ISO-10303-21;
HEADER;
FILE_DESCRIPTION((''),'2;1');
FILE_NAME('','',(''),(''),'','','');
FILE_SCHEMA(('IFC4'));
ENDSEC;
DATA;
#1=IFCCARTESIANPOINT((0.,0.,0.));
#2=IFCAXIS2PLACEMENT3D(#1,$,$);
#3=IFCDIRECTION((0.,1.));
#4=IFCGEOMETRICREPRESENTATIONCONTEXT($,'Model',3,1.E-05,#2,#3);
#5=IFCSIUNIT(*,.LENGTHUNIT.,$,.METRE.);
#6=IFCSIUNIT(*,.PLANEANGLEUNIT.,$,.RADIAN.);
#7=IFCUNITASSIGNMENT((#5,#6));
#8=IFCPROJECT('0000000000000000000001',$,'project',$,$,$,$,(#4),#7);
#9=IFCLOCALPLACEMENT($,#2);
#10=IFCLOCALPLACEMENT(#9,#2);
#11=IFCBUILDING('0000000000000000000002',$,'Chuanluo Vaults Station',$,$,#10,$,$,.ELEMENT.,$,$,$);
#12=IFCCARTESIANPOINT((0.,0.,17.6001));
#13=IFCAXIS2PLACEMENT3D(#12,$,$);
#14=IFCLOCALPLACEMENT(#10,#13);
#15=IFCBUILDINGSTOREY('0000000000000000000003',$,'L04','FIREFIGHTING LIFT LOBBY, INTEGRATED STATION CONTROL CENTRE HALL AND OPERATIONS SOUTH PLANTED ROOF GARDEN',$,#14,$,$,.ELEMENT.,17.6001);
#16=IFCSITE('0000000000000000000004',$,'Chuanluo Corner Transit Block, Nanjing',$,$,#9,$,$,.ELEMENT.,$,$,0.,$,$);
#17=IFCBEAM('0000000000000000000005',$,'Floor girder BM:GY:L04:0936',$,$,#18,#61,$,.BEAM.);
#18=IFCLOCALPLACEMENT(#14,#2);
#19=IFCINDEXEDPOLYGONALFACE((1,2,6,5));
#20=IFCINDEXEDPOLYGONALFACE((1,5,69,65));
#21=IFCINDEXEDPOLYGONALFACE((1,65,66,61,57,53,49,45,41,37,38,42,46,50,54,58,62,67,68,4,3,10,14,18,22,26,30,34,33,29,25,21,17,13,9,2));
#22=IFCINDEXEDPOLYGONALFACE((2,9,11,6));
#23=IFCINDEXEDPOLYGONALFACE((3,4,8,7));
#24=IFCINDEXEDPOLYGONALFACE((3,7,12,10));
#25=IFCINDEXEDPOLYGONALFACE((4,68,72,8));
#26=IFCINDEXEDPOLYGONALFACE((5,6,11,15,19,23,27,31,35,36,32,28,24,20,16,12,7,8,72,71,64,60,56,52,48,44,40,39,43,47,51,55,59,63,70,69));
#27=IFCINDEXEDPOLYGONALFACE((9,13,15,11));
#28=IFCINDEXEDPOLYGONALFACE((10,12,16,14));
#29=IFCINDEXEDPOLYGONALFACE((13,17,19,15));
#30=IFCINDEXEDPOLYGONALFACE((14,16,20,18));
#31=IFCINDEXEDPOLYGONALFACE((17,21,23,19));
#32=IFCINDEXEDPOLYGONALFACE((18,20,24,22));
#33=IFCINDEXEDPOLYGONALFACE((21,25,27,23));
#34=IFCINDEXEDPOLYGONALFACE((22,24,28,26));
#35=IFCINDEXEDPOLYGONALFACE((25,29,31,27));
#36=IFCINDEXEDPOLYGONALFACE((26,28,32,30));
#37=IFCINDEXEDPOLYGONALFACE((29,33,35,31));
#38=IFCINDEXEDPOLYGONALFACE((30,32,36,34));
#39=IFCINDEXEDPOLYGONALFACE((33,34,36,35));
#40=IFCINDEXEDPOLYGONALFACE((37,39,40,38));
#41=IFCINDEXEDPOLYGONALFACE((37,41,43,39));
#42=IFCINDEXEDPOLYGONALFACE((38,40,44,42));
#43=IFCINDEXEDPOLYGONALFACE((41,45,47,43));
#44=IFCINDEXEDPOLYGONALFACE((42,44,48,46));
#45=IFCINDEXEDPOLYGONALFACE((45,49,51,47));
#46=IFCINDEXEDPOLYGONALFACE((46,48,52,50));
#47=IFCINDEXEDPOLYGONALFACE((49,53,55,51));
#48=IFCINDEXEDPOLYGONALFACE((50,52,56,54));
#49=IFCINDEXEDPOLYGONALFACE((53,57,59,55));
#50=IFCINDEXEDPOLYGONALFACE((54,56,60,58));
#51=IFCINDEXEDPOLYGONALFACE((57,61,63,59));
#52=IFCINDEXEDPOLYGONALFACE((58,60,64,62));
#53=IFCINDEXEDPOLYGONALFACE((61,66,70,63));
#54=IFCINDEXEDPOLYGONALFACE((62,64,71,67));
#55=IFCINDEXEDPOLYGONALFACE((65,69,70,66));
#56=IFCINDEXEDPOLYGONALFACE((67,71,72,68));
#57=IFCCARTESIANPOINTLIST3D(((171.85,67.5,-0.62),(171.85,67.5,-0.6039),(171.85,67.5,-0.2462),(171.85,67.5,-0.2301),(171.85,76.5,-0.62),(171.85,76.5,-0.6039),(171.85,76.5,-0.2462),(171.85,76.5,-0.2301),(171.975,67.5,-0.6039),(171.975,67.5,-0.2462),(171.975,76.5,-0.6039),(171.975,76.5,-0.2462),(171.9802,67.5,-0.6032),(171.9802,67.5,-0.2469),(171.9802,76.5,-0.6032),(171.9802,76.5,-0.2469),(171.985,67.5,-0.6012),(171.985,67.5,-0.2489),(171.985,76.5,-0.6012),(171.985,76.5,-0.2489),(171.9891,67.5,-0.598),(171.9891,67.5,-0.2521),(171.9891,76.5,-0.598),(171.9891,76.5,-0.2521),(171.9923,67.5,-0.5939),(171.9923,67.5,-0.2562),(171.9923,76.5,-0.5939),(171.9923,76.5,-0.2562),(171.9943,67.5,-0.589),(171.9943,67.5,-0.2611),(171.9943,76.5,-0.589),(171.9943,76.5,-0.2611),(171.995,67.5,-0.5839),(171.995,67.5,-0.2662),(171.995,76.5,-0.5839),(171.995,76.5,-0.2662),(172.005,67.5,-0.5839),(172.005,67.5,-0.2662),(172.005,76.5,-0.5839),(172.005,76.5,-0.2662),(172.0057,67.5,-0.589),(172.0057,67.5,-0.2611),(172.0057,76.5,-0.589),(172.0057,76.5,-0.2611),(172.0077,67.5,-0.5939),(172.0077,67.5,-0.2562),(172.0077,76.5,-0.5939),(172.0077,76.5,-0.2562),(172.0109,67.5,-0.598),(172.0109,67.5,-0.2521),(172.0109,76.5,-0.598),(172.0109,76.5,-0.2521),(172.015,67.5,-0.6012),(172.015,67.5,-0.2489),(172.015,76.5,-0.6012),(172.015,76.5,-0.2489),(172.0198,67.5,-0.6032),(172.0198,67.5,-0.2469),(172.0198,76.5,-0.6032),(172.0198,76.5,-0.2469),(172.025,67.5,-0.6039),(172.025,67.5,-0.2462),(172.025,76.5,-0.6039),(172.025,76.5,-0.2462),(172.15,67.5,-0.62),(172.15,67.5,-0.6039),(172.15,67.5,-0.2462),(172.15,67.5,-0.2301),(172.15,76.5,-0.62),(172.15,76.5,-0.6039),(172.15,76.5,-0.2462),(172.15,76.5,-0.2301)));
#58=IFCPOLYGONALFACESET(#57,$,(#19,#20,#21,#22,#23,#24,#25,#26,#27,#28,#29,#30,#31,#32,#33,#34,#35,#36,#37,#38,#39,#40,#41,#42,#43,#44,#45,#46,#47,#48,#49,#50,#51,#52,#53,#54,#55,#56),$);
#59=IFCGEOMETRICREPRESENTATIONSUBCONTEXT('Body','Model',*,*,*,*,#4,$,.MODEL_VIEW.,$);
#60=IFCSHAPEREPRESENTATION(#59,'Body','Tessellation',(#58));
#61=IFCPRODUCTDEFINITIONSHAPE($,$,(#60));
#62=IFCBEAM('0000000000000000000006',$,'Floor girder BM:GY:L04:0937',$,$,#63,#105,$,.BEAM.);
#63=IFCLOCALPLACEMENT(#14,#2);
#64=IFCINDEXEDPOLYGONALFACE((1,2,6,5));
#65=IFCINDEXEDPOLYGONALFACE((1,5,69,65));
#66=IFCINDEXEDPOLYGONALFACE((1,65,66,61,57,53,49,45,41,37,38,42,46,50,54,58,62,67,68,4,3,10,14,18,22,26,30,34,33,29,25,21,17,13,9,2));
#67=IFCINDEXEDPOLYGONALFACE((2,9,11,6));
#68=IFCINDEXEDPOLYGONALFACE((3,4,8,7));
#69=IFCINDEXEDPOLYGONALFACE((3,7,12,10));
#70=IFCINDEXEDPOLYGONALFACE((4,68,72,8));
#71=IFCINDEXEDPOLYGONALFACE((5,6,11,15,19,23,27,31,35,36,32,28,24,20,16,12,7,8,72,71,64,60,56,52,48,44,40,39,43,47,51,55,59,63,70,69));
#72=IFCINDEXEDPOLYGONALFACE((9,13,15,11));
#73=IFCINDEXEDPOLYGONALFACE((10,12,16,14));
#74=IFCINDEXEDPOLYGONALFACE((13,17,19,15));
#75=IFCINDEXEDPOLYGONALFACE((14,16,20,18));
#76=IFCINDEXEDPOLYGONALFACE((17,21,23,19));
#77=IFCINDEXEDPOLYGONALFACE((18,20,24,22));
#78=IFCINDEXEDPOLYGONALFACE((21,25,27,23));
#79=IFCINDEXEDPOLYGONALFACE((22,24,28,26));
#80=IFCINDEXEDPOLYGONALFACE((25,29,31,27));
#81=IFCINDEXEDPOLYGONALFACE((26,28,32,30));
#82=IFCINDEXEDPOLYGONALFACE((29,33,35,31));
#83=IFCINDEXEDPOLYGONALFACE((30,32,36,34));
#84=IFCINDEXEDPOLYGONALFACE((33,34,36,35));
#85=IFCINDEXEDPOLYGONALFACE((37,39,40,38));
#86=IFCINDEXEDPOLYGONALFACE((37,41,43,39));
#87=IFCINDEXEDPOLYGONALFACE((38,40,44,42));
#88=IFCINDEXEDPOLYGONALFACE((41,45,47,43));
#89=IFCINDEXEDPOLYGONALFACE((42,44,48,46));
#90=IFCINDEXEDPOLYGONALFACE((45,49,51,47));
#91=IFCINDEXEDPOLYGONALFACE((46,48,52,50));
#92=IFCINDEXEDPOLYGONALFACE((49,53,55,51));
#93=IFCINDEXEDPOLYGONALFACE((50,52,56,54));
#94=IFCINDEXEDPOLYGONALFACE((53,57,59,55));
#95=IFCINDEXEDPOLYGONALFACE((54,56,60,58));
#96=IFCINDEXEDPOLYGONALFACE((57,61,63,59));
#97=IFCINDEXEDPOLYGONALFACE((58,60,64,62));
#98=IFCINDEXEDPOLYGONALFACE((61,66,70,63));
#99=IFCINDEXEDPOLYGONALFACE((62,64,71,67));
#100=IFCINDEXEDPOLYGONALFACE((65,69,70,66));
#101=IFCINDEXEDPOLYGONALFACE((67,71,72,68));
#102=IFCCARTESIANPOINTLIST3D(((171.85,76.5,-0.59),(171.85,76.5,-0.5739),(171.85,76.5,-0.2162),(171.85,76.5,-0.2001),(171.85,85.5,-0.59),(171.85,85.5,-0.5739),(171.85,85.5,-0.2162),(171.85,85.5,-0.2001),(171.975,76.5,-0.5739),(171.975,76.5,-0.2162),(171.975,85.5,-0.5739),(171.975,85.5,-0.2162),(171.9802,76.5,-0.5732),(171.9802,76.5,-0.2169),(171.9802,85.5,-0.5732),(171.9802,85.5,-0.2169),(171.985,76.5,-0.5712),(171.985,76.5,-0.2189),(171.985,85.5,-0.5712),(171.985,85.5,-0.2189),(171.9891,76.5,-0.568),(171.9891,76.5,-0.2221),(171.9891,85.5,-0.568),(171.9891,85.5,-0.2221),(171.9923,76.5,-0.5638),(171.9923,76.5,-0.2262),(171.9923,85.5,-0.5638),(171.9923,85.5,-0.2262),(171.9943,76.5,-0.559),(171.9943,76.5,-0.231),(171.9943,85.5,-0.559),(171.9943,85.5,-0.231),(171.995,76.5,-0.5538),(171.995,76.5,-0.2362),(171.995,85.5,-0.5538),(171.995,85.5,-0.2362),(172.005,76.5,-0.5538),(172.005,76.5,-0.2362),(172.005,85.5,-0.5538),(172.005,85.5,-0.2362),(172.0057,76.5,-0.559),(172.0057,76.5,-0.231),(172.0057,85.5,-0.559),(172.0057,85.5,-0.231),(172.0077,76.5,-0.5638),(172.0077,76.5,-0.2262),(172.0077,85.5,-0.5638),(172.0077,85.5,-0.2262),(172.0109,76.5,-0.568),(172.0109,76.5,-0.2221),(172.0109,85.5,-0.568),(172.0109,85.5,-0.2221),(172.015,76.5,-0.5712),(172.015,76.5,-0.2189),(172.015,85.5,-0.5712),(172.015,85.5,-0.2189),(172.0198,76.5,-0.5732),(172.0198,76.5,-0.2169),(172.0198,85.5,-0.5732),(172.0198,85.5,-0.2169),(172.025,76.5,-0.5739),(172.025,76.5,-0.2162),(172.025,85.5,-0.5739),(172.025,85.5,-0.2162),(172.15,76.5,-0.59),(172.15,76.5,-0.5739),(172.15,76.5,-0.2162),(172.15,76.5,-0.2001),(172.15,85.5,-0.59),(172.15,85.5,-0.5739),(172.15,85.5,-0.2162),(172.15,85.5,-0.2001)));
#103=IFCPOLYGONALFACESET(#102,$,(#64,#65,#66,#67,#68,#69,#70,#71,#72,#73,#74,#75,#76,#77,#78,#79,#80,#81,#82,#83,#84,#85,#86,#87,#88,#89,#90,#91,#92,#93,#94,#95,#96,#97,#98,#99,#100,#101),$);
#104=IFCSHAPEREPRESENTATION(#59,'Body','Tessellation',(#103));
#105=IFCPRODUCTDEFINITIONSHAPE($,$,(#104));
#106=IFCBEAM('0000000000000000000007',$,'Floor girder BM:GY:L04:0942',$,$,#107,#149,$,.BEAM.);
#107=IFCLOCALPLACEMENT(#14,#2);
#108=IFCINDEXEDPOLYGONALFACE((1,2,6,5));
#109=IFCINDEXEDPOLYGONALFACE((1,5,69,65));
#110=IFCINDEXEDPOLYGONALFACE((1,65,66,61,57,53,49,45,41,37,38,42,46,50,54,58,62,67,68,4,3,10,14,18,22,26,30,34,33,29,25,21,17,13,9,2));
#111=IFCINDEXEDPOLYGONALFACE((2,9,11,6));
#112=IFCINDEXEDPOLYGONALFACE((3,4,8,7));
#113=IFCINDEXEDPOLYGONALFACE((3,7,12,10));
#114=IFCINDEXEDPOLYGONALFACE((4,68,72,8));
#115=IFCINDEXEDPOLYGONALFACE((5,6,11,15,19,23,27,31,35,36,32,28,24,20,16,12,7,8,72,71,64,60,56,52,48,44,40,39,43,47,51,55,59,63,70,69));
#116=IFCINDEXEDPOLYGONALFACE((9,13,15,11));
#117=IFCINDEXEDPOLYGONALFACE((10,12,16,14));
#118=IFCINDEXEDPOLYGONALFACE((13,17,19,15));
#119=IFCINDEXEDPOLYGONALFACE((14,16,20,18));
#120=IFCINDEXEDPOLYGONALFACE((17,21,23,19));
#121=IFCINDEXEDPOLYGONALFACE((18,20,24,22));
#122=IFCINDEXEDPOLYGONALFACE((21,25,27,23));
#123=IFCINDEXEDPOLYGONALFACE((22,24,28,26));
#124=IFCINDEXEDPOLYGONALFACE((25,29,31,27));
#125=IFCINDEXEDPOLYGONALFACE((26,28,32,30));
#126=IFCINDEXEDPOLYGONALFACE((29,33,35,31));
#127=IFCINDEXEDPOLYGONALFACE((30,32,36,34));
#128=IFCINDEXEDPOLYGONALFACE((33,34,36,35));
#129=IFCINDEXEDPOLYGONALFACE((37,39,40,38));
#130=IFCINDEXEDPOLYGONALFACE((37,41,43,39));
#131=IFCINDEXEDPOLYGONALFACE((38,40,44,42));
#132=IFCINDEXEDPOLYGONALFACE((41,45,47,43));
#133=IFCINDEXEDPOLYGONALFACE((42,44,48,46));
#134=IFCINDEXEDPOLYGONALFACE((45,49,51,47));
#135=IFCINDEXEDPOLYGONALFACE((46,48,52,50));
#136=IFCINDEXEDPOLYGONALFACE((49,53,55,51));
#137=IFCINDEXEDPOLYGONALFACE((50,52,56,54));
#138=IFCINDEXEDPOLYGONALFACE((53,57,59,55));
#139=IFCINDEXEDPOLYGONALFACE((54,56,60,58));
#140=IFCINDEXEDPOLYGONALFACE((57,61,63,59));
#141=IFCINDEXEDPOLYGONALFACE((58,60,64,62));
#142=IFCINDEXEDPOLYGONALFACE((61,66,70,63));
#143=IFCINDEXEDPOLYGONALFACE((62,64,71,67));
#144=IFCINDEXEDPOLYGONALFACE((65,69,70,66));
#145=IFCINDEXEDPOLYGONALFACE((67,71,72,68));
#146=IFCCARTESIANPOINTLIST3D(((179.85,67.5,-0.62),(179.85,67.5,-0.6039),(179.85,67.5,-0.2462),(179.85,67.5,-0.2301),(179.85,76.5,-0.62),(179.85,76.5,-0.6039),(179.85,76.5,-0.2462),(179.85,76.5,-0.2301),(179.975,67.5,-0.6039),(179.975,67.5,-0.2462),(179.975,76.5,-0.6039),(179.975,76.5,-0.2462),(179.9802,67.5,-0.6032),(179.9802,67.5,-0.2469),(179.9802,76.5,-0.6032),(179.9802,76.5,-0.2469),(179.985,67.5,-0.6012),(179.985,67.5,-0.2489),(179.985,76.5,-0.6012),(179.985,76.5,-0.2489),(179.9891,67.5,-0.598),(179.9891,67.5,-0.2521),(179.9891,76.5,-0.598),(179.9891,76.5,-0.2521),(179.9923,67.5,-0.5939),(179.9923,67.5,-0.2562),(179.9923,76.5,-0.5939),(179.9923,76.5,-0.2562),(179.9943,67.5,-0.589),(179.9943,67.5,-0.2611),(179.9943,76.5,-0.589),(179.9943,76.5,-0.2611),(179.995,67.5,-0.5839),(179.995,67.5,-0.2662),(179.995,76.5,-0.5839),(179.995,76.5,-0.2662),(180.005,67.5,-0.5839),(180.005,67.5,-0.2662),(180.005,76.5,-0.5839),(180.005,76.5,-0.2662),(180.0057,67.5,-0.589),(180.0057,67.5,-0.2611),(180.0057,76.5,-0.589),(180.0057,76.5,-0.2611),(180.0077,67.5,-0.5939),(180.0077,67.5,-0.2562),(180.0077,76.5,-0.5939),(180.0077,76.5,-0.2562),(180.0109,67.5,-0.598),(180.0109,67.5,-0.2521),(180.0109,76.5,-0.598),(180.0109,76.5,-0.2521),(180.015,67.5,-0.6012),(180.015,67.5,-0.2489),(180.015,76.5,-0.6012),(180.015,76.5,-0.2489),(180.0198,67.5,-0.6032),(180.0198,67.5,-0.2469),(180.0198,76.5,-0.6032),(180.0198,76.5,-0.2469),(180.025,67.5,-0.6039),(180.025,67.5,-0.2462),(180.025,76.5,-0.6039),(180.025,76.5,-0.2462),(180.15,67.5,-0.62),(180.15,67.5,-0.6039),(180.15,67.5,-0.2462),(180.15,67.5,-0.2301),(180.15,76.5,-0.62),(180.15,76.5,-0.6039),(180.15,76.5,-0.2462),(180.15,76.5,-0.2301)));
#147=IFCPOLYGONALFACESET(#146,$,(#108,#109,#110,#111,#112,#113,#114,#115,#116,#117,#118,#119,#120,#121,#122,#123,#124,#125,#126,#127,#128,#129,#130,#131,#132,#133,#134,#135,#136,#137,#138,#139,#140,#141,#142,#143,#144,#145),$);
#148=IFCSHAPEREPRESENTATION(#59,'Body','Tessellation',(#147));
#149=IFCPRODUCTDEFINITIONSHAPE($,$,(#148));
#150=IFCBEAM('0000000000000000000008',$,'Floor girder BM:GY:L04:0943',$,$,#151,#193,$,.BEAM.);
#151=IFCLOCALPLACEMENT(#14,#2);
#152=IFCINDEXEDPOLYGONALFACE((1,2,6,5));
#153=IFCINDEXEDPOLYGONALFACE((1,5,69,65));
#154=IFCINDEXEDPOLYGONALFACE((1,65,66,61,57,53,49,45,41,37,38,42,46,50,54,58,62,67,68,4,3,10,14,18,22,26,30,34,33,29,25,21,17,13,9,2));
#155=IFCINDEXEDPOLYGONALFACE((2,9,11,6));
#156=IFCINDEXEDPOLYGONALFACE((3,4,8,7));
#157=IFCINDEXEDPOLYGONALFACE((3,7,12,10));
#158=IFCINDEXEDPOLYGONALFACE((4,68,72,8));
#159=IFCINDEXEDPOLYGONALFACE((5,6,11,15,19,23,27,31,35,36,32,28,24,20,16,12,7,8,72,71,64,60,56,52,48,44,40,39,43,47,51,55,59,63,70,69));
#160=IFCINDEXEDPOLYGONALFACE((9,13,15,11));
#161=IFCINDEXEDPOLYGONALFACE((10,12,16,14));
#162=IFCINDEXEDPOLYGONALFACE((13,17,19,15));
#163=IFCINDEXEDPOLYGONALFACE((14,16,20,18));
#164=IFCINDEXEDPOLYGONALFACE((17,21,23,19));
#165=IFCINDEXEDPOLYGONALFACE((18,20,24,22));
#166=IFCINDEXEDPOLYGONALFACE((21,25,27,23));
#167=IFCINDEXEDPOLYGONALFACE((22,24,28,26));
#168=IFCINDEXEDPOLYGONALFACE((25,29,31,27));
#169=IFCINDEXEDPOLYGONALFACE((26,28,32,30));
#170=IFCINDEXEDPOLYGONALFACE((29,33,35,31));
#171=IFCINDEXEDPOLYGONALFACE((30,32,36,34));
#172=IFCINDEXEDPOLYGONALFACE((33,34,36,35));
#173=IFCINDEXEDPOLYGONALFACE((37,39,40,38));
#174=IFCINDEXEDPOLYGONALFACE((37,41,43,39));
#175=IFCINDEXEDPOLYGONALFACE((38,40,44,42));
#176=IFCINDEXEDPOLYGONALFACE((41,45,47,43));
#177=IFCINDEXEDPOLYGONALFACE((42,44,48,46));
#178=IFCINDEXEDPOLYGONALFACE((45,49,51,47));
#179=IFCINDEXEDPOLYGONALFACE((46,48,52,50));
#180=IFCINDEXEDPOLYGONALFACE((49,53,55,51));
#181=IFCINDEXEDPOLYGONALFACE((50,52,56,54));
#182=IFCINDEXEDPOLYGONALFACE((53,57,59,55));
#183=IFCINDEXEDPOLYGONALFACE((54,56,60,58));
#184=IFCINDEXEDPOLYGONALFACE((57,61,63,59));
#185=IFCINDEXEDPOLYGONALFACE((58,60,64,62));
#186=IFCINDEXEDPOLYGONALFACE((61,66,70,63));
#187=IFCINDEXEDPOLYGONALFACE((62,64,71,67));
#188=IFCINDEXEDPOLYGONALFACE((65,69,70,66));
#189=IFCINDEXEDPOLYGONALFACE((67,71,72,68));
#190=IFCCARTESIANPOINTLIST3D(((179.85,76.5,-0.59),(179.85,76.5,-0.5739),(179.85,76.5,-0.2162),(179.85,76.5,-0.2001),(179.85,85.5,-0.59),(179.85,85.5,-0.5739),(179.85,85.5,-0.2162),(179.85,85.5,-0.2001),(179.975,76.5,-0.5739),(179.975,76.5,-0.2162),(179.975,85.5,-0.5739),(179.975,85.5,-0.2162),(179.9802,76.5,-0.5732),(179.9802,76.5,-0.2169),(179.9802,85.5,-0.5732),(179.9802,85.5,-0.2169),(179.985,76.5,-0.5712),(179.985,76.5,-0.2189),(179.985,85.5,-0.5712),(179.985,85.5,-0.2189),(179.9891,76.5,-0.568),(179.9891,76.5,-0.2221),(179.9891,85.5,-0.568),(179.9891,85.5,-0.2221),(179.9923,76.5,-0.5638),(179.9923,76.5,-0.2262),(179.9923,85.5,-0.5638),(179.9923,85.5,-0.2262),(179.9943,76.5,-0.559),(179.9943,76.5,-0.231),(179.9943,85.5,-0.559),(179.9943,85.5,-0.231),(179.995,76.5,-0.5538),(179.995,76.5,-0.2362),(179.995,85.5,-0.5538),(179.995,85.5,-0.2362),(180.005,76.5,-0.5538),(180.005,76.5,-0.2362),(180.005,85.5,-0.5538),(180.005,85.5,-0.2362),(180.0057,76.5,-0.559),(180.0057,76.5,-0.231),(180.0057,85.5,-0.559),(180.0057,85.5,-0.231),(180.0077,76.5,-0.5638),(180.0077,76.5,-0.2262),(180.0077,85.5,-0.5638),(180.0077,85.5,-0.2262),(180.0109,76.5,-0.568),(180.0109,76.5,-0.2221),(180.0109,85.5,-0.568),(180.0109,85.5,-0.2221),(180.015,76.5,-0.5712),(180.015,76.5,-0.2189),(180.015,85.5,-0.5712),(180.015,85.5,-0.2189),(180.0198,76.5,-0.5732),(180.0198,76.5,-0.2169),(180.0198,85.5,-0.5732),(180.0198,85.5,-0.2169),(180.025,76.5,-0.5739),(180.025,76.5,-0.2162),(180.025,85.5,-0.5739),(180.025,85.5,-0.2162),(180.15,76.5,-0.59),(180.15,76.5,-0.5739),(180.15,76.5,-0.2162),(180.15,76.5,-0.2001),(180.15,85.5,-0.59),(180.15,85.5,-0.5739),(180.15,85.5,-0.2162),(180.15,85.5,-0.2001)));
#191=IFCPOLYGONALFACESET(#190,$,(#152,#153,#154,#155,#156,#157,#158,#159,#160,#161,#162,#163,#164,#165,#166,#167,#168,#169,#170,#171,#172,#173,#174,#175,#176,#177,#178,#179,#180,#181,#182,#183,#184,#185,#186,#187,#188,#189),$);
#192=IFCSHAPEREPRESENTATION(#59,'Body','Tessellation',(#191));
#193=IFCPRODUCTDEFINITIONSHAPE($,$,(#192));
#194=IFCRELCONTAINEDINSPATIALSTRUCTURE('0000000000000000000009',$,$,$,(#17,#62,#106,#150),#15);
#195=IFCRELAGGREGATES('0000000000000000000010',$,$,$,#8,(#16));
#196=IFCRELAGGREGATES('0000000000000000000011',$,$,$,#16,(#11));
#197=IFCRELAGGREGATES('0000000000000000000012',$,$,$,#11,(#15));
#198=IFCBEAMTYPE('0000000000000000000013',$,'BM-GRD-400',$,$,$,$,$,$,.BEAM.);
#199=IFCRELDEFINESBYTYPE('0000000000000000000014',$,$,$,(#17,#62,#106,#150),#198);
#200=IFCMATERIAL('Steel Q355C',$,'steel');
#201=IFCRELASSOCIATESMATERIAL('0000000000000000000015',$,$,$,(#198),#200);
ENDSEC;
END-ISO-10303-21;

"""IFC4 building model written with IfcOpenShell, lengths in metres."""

from ifc_helpers import new_model, si_unit, direction, frame, origin, origin_2d, place, context, subcontext, project, spatial, i_section, extrude, material, material_profile, profile_set, type_object, element, save


model = new_model("IFC4")

# Units and contexts
model_context = context("Model", 3, precision=1e-05, world=origin(), true_north=direction((0.0, 1.0)))
body_context = subcontext(model_context, "Body", "Model", "MODEL_VIEW")
ifc_project = project(units=[si_unit("LENGTHUNIT", "METRE"), si_unit("PLANEANGLEUNIT", "RADIAN")], contexts=[model_context])

# Site, building, storey
site_placement = place(None, origin())
site = spatial("IfcSite", under=ifc_project, at=site_placement, Name="Chuanluo Corner Transit Block, Nanjing", CompositionType="ELEMENT", RefElevation=0.0)
building_placement = place(site_placement, origin())
building = spatial("IfcBuilding", under=site, at=building_placement, Name="Chuanluo Vaults Station", CompositionType="ELEMENT")
storey_placement = place(building_placement, frame((0.0, 0.0, 17.6001)))
storey = spatial("IfcBuildingStorey", under=building, at=storey_placement, Name="L04", Description="FIREFIGHTING LIFT LOBBY, INTEGRATED STATION CONTROL CENTRE HALL AND OPERATIONS SOUTH PLANTED ROOF GARDEN", CompositionType="ELEMENT", Elevation=17.6001)

# Beams
ifc_material_1 = material(Name="Steel Q355C", Category="steel")
ifc_material_profile_1 = material_profile(ifc_material_1, i_section(OverallWidth=0.3, OverallDepth=0.3899, WebThickness=0.01, FlangeThickness=0.0161, FilletRadius=0.02, at=origin_2d()))
ifc_profile_set_1 = profile_set([ifc_material_profile_1], Name="Steel Q355C")
beam_type_1 = type_object("IfcBeamType", Name="BM-GRD-400", PredefinedType="BEAM", material=ifc_profile_set_1)
for number, where, z_axis, x_axis, name in (
    (1, (172.0, 67.5, -0.425), (0.0, 1.0, 0.0), (-1.0, 0.0, 0.0), "Floor girder BM:GY:L04:0936"),
    (2, (172.0, 76.5, -0.395), (0.0, 1.0, 0.0), (-1.0, 0.0, 0.0), "Floor girder BM:GY:L04:0937"),
    (3, (180.0, 67.5, -0.425), (0.0, 1.0, 0.0), (-1.0, 0.0, 0.0), "Floor girder BM:GY:L04:0942"),
    (4, (180.0, 76.5, -0.395), (0.0, 1.0, 0.0), (-1.0, 0.0, 0.0), "Floor girder BM:GY:L04:0943"),
):
    element("IfcBeam", number, at=place(storey_placement, frame(where, z_axis=z_axis, x_axis=x_axis)), inside=storey, type_object=beam_type_1, Name=name, PredefinedType="BEAM", context=body_context, shape_type="SweptSolid", body=[
        extrude(i_section(OverallWidth=0.3, OverallDepth=0.3899, WebThickness=0.01, FlangeThickness=0.0161, FilletRadius=0.02, at=origin_2d()), origin(), (0.0, 0.0, 1.0), 9.0),
    ])

save(model, "model.ifc")
